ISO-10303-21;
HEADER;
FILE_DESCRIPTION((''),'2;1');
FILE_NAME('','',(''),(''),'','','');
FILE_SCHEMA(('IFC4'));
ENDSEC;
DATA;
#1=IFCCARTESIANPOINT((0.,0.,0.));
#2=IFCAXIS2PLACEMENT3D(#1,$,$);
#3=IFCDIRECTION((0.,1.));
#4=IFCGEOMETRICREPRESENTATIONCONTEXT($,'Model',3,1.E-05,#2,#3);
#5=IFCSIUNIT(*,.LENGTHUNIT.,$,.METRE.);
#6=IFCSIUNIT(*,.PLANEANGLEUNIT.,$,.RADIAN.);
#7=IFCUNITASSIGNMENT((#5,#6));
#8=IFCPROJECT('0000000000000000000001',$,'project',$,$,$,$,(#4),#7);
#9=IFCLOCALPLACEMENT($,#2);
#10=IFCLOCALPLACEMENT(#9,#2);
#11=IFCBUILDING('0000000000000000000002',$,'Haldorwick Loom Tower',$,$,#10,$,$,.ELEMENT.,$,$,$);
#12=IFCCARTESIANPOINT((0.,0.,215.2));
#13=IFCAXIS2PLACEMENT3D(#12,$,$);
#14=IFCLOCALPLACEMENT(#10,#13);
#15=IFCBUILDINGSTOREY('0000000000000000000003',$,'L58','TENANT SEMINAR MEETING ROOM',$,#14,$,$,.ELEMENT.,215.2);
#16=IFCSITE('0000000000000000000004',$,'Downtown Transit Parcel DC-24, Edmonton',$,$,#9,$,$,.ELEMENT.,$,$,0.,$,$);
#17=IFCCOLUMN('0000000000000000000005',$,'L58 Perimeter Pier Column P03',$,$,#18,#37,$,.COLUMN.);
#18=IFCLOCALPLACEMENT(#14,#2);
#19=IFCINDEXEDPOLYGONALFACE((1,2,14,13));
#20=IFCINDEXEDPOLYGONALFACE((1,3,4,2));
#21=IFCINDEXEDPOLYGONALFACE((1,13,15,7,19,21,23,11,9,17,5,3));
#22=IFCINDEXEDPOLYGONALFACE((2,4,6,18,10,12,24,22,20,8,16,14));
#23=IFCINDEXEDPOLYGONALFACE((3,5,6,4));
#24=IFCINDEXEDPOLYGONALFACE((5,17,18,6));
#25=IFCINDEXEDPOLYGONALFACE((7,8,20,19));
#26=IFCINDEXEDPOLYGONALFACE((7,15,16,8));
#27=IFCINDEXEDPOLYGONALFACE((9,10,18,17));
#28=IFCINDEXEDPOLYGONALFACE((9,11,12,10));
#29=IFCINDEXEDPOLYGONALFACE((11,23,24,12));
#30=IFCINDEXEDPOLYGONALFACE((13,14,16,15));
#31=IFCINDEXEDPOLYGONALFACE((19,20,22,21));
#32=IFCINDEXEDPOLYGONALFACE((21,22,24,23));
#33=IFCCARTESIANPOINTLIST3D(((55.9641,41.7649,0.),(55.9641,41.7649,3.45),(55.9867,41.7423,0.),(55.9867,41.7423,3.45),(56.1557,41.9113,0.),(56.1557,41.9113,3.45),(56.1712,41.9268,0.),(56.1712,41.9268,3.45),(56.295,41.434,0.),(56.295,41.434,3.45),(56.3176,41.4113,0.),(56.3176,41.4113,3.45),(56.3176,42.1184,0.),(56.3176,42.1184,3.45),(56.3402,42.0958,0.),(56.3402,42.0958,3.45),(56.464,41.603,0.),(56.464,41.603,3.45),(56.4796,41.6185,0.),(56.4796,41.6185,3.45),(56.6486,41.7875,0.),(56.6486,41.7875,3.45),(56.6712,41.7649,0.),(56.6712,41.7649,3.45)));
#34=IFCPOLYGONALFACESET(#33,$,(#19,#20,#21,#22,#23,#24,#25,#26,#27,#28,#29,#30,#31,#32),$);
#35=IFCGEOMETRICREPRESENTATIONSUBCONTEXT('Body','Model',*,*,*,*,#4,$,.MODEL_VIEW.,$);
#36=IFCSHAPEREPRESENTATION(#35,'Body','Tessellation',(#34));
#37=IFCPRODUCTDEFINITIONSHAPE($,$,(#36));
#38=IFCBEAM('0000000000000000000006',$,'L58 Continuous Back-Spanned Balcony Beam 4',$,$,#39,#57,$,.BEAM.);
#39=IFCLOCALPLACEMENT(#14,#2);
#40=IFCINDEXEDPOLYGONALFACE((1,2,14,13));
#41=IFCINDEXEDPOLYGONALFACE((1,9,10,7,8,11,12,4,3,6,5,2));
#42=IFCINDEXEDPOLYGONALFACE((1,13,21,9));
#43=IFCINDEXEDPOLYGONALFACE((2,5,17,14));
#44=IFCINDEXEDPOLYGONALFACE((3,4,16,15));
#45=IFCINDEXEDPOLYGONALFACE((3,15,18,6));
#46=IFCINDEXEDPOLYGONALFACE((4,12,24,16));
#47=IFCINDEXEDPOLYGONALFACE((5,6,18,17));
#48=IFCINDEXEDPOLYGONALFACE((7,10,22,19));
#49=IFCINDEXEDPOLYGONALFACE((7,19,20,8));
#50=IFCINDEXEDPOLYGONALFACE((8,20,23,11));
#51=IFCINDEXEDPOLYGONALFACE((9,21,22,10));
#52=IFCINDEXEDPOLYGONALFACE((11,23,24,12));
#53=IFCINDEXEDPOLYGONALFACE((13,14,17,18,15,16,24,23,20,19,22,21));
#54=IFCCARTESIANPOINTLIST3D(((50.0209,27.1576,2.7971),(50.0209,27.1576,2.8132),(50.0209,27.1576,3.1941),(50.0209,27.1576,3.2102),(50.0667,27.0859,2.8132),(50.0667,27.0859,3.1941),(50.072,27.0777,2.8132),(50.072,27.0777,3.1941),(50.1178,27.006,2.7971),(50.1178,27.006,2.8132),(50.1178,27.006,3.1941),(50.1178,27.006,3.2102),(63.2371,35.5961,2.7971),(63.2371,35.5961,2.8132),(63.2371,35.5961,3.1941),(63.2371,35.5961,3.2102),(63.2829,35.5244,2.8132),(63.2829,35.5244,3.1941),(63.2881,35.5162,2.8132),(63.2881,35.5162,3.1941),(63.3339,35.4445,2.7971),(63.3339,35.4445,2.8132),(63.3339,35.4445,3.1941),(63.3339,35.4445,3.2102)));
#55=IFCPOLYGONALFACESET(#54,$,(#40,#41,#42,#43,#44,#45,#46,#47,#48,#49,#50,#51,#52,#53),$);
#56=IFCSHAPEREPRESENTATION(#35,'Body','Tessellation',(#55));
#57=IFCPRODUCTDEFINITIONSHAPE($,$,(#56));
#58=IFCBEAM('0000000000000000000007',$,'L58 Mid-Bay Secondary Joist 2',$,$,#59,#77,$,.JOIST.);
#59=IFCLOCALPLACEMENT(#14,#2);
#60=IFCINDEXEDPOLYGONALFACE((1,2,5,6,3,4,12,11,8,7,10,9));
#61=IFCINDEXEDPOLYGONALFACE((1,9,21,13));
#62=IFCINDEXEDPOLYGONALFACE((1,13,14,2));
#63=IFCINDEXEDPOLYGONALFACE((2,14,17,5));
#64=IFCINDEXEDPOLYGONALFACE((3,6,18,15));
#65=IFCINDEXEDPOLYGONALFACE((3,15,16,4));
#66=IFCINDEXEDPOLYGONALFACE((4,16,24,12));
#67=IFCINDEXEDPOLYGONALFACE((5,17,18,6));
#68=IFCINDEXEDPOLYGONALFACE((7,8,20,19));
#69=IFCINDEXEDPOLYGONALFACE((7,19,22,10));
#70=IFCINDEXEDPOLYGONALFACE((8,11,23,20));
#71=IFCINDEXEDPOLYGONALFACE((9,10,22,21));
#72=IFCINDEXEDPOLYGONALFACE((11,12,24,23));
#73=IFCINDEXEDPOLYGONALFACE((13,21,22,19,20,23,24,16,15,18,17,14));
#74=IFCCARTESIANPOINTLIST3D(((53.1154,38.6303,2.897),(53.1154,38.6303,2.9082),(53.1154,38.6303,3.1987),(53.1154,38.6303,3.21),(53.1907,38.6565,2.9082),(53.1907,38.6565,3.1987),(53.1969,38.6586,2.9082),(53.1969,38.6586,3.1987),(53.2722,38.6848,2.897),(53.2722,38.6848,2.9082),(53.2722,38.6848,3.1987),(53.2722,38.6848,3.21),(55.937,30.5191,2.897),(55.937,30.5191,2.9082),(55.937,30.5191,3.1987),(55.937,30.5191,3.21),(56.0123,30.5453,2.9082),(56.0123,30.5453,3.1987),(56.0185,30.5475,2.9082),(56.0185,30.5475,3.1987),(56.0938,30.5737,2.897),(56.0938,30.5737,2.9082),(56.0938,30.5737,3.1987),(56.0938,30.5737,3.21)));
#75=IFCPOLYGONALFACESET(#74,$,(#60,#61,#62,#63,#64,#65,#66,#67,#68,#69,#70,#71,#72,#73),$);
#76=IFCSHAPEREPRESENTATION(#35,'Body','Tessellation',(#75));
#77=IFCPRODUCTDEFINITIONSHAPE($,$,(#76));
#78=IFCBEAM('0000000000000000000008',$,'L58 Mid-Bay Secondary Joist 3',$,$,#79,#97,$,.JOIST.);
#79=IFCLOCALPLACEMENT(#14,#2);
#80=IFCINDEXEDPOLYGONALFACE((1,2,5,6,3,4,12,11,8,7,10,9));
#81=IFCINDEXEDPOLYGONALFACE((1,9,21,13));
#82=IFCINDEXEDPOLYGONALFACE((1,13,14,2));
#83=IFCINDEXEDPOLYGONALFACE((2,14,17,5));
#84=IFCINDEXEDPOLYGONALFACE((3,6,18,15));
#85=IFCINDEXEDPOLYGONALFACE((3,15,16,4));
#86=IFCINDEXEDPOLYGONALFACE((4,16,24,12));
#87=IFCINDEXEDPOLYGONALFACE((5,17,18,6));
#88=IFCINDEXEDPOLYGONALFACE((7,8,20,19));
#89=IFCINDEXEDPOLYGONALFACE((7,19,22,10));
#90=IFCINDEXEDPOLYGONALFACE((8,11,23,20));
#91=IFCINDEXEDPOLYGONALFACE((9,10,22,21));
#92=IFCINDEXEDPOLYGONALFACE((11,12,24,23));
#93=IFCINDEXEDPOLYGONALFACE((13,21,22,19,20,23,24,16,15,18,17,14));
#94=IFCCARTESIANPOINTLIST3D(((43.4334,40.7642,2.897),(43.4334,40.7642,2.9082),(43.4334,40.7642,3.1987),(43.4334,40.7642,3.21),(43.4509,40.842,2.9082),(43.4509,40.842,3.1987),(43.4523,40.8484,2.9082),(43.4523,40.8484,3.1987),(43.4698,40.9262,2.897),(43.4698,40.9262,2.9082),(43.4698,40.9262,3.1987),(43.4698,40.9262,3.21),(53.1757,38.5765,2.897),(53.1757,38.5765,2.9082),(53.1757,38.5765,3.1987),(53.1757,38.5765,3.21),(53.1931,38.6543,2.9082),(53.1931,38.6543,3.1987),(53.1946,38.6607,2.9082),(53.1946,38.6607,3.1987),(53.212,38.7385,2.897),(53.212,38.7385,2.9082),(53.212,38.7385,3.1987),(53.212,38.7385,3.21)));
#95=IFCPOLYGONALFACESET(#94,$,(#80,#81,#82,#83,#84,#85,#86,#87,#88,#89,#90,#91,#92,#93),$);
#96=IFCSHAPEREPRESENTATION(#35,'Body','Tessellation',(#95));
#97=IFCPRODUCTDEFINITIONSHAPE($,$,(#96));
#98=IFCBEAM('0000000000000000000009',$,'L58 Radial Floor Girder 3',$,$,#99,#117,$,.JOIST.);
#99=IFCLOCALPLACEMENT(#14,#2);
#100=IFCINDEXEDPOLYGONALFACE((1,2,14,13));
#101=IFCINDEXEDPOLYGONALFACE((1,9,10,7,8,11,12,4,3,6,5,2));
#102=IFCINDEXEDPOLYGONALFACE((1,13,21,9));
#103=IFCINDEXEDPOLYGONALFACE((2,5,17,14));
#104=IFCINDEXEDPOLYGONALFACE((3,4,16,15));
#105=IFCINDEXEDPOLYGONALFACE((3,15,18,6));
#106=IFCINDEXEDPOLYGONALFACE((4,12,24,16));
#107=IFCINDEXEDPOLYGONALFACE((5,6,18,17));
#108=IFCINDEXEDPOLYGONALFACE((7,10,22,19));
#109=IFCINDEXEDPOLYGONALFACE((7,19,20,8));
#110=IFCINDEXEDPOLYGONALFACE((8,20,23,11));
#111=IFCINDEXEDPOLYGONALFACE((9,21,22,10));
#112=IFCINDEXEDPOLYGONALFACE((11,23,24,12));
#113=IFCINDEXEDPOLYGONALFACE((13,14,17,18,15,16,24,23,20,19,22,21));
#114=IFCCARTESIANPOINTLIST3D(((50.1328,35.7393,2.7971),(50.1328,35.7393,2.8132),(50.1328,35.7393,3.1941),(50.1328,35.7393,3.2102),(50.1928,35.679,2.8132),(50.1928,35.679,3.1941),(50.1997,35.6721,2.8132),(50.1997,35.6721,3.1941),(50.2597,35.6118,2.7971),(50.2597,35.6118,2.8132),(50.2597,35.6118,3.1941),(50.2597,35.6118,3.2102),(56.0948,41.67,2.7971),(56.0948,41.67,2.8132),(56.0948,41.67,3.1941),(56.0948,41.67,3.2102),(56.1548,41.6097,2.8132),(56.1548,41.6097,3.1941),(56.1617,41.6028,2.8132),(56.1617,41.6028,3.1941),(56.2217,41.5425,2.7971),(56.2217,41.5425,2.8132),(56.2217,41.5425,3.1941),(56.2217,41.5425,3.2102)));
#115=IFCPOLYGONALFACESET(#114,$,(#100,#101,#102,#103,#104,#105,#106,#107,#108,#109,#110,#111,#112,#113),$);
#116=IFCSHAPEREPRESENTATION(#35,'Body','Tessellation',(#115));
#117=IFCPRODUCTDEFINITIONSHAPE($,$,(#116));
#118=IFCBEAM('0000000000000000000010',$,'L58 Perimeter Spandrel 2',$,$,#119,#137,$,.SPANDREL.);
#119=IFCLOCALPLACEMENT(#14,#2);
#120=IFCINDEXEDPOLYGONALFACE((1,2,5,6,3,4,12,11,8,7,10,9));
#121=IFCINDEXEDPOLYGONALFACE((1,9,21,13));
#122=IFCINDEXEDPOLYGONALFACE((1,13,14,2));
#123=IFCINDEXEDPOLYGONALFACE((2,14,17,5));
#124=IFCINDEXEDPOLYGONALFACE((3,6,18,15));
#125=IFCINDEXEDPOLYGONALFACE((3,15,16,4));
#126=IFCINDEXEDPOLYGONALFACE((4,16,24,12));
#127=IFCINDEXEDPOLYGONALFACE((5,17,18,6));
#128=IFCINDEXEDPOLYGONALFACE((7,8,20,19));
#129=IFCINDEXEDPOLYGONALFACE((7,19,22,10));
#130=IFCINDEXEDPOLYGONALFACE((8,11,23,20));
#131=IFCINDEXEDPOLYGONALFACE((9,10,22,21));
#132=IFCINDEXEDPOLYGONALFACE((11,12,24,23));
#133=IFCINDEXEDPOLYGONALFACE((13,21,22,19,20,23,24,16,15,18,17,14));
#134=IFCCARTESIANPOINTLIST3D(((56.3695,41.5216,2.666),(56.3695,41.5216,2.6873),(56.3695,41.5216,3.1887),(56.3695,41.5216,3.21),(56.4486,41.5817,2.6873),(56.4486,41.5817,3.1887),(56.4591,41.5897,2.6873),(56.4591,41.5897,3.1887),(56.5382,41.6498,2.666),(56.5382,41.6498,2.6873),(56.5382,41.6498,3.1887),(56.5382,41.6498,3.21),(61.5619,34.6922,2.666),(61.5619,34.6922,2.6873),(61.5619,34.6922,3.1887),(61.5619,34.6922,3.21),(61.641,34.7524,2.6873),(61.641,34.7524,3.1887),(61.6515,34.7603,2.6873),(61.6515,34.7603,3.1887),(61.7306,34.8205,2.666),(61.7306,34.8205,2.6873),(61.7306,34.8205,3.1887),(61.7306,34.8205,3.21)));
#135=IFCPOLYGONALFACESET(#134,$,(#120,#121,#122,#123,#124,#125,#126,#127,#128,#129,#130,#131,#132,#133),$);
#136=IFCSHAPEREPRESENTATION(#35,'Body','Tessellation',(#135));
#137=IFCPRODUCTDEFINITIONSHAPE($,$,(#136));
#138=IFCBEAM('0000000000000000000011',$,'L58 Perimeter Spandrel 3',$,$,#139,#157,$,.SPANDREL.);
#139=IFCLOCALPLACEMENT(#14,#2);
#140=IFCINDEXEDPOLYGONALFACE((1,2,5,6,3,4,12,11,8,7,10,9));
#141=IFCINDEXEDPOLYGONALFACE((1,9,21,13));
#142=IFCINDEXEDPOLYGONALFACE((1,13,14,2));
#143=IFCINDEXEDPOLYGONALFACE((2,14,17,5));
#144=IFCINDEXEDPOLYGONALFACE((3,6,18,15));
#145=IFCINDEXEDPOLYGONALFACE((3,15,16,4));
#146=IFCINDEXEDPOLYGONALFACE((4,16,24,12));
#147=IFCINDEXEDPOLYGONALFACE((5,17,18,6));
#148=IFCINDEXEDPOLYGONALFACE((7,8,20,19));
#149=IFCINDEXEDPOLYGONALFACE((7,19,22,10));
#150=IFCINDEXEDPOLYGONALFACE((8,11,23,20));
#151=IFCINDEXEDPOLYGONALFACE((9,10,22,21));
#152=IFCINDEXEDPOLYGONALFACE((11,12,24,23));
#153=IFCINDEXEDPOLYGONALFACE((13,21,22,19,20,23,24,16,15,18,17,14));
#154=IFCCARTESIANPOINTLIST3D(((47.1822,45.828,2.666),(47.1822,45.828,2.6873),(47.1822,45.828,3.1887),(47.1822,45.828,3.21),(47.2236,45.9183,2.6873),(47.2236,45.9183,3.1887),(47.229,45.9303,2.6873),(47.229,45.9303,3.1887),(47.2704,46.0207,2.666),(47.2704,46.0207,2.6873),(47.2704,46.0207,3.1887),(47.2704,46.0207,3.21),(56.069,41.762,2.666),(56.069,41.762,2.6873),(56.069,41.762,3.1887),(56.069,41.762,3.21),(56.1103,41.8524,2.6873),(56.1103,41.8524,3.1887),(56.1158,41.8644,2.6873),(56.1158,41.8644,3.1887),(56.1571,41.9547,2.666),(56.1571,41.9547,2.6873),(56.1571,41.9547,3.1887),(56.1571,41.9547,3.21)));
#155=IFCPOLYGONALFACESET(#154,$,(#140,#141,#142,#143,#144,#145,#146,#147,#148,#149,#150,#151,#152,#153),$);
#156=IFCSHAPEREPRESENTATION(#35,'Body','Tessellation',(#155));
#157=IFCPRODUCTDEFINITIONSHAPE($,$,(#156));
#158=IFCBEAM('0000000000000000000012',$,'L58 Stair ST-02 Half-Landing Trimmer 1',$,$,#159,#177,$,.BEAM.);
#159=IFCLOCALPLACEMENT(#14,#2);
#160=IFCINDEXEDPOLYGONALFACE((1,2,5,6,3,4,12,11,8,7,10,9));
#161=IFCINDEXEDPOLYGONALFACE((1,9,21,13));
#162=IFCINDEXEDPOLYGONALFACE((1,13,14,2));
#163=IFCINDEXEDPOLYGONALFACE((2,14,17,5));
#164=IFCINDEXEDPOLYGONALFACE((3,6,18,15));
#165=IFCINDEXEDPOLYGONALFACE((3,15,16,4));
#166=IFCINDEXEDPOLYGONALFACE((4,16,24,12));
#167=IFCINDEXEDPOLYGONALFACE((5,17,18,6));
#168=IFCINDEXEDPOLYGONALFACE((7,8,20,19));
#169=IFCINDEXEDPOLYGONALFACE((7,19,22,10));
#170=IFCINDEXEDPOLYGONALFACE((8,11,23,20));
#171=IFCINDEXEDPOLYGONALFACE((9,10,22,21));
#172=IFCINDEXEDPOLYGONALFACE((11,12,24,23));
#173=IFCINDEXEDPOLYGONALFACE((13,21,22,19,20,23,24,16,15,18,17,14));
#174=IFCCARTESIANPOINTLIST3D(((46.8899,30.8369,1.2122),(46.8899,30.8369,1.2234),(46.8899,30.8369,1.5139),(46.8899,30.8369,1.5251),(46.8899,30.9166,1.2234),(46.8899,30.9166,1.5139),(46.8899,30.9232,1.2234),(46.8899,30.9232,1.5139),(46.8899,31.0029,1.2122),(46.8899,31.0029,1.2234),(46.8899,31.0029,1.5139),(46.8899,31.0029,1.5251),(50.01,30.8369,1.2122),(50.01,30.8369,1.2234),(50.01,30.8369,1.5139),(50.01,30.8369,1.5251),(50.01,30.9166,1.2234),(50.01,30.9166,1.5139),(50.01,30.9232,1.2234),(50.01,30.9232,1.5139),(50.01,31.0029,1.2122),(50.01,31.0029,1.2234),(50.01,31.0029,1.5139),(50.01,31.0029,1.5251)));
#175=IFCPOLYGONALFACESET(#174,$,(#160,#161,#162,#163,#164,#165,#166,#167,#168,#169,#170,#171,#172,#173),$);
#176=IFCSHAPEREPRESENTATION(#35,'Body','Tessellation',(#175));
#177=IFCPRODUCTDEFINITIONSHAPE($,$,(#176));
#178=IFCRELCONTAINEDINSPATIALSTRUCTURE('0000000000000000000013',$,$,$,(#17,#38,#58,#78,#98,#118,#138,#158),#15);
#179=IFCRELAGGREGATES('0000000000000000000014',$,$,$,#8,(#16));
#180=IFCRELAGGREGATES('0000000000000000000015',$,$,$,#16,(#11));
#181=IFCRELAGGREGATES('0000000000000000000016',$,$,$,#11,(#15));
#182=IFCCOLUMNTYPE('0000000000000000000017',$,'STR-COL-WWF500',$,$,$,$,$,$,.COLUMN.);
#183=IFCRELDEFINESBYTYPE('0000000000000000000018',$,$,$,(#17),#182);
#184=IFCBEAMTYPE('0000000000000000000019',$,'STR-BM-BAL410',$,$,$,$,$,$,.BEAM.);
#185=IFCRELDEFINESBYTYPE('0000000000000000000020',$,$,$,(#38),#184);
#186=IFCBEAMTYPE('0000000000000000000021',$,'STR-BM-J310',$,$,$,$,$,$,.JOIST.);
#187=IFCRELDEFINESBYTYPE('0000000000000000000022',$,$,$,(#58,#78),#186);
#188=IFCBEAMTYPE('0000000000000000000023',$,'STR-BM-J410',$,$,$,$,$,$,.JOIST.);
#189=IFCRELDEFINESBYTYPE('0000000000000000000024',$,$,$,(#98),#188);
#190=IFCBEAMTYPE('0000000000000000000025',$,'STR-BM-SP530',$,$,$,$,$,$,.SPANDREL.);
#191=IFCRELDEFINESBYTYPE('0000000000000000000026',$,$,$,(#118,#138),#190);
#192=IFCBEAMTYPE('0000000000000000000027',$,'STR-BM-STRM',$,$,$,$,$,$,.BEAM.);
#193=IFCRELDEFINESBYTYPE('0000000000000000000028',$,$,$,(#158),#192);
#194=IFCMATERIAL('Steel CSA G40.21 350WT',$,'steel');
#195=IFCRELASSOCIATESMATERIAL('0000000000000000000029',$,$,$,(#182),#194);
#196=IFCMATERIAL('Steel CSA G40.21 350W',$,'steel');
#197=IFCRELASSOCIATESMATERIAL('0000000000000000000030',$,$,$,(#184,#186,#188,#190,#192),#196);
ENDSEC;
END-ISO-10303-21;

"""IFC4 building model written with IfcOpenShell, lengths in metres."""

from ifc_helpers import new_model, si_unit, direction, frame, origin, origin_2d, place, context, subcontext, project, spatial, i_section, extrude, material, material_profile, profile_set, type_object, element, save


model = new_model("IFC4")

# Units and contexts
model_context = context("Model", 3, precision=1e-05, world=origin(), true_north=direction((0.0, 1.0)))
body_context = subcontext(model_context, "Body", "Model", "MODEL_VIEW")
ifc_project = project(units=[si_unit("LENGTHUNIT", "METRE"), si_unit("PLANEANGLEUNIT", "RADIAN")], contexts=[model_context])

# Site, building, storey
site_placement = place(None, origin())
site = spatial("IfcSite", under=ifc_project, at=site_placement, Name="Downtown Transit Parcel DC-24, Edmonton", CompositionType="ELEMENT", RefElevation=0.0)
building_placement = place(site_placement, origin())
building = spatial("IfcBuilding", under=site, at=building_placement, Name="Haldorwick Loom Tower", CompositionType="ELEMENT")
storey_placement = place(building_placement, frame((0.0, 0.0, 215.2)))
storey = spatial("IfcBuildingStorey", under=building, at=storey_placement, Name="L58", Description="TENANT SEMINAR MEETING ROOM", CompositionType="ELEMENT", Elevation=215.2)

# Column
ifc_material_1 = material(Name="Steel CSA G40.21 350W", Category="steel")
ifc_material_2 = material(Name="Steel CSA G40.21 350WT", Category="steel")
ifc_material_profile_1 = material_profile(ifc_material_2, i_section(OverallWidth=0.5, OverallDepth=0.5, WebThickness=0.022, FlangeThickness=0.032, at=origin_2d()), Name="WWF500X500", Category="steel")
ifc_profile_set_1 = profile_set([ifc_material_profile_1], Name="Steel CSA G40.21 350WT")
column_type_1 = type_object("IfcColumnType", Name="STR-COL-WWF500", PredefinedType="COLUMN", material=ifc_profile_set_1)
column_1_placement = place(storey_placement, frame((56.3176, 41.7649, 0.0), z_axis=(0.0, 0.0, 1.0), x_axis=(0.707107, 0.707107, 0.0)))
element("IfcColumn", 1, at=column_1_placement, inside=storey, type_object=column_type_1, Name="L58 Perimeter Pier Column P03", PredefinedType="COLUMN", context=body_context, shape_type="SweptSolid", body=[
    extrude(i_section(OverallWidth=0.5, OverallDepth=0.5, WebThickness=0.022, FlangeThickness=0.032, at=origin_2d()), origin(), (0.0, 0.0, 1.0), 3.45),
])

# Beams
ifc_material_profile_2 = material_profile(ifc_material_1, i_section(OverallWidth=0.1799, OverallDepth=0.4131, WebThickness=0.0098, FlangeThickness=0.0161, at=origin_2d()), Name="W410X74", Category="steel")
ifc_profile_set_2 = profile_set([ifc_material_profile_2], Name="Steel CSA G40.21 350W")
beam_type_1 = type_object("IfcBeamType", Name="STR-BM-BAL410", PredefinedType="BEAM", material=ifc_profile_set_2)
beam_1_placement = place(storey_placement, frame((50.0693, 27.0818, 3.0037), z_axis=(0.842844, 0.538157, 0.0), x_axis=(-0.538157, 0.842844, 0.0)))
element("IfcBeam", 2, at=beam_1_placement, inside=storey, type_object=beam_type_1, Name="L58 Continuous Back-Spanned Balcony Beam 4", PredefinedType="BEAM", context=body_context, shape_type="SweptSolid", body=[
    extrude(i_section(OverallWidth=0.1799, OverallDepth=0.4131, WebThickness=0.0098, FlangeThickness=0.0161, at=origin_2d()), origin(), (0.0, 0.0, 1.0), 15.6804),
])
ifc_material_profile_3 = material_profile(ifc_material_1, i_section(OverallWidth=0.166, OverallDepth=0.313, WebThickness=0.0066, FlangeThickness=0.0112, at=origin_2d()), Name="W310X45", Category="steel")
ifc_profile_set_3 = profile_set([ifc_material_profile_3], Name="Steel CSA G40.21 350W")
beam_type_2 = type_object("IfcBeamType", Name="STR-BM-J310", PredefinedType="JOIST", material=ifc_profile_set_3)
beam_2_placement = place(storey_placement, frame((56.0154, 30.5464, 3.0535), z_axis=(-0.32855, 0.944486, 0.0), x_axis=(-0.944486, -0.32855, 0.0)))
element("IfcBeam", 3, at=beam_2_placement, inside=storey, type_object=beam_type_2, Name="L58 Mid-Bay Secondary Joist 2", PredefinedType="JOIST", context=body_context, shape_type="SweptSolid", body=[
    extrude(i_section(OverallWidth=0.166, OverallDepth=0.313, WebThickness=0.0066, FlangeThickness=0.0112, at=origin_2d()), origin(), (0.0, 0.0, 1.0), 8.5879),
])
beam_3_placement = place(storey_placement, frame((53.1938, 38.6575, 3.0535), z_axis=(-0.975701, 0.219107, 0.0), x_axis=(-0.219107, -0.975701, 0.0)))
element("IfcBeam", 4, at=beam_3_placement, inside=storey, type_object=beam_type_2, Name="L58 Mid-Bay Secondary Joist 3", PredefinedType="JOIST", context=body_context, shape_type="SweptSolid", body=[
    extrude(i_section(OverallWidth=0.166, OverallDepth=0.313, WebThickness=0.0066, FlangeThickness=0.0112, at=origin_2d()), origin(), (0.0, 0.0, 1.0), 9.9849),
])
ifc_material_profile_4 = material_profile(ifc_material_1, i_section(OverallWidth=0.1799, OverallDepth=0.4131, WebThickness=0.0098, FlangeThickness=0.0161, at=origin_2d()), Name="W410X74", Category="steel")
ifc_profile_set_4 = profile_set([ifc_material_profile_4], Name="Steel CSA G40.21 350W")
beam_type_3 = type_object("IfcBeamType", Name="STR-BM-J410", PredefinedType="JOIST", material=ifc_profile_set_4)
beam_4_placement = place(storey_placement, frame((50.1963, 35.6755, 3.0037), z_axis=(0.708962, 0.705246, 0.0), x_axis=(-0.705246, 0.708962, 0.0)))
element("IfcBeam", 5, at=beam_4_placement, inside=storey, type_object=beam_type_3, Name="L58 Radial Floor Girder 3", PredefinedType="JOIST", context=body_context, shape_type="SweptSolid", body=[
    extrude(i_section(OverallWidth=0.1799, OverallDepth=0.4131, WebThickness=0.0098, FlangeThickness=0.0161, at=origin_2d()), origin(), (0.0, 0.0, 1.0), 8.4094),
])
ifc_material_profile_5 = material_profile(ifc_material_1, i_section(OverallWidth=0.2119, OverallDepth=0.5439, WebThickness=0.0132, FlangeThickness=0.0212, at=origin_2d()), Name="W530X123", Category="steel")
ifc_profile_set_5 = profile_set([ifc_material_profile_5], Name="Steel CSA G40.21 350W")
beam_type_4 = type_object("IfcBeamType", Name="STR-BM-SP530", PredefinedType="SPANDREL", material=ifc_profile_set_5)
beam_5_placement = place(storey_placement, frame((61.6462, 34.7563, 2.938), z_axis=(-0.605237, 0.796045, 0.0), x_axis=(-0.796045, -0.605237, 0.0)))
element("IfcBeam", 6, at=beam_5_placement, inside=storey, type_object=beam_type_4, Name="L58 Perimeter Spandrel 2", PredefinedType="SPANDREL", context=body_context, shape_type="SweptSolid", body=[
    extrude(i_section(OverallWidth=0.2119, OverallDepth=0.5439, WebThickness=0.0132, FlangeThickness=0.0212, at=origin_2d()), origin(), (0.0, 0.0, 1.0), 8.5791),
])
beam_6_placement = place(storey_placement, frame((56.113, 41.8584, 2.938), z_axis=(-0.909342, 0.416049, 0.0), x_axis=(-0.416049, -0.909342, 0.0)))
element("IfcBeam", 7, at=beam_6_placement, inside=storey, type_object=beam_type_4, Name="L58 Perimeter Spandrel 3", PredefinedType="SPANDREL", context=body_context, shape_type="SweptSolid", body=[
    extrude(i_section(OverallWidth=0.2119, OverallDepth=0.5439, WebThickness=0.0132, FlangeThickness=0.0212, at=origin_2d()), origin(), (0.0, 0.0, 1.0), 9.7727),
])
ifc_material_profile_6 = material_profile(ifc_material_1, i_section(OverallWidth=0.166, OverallDepth=0.313, WebThickness=0.0066, FlangeThickness=0.0112, at=origin_2d()), Name="W310X45", Category="steel")
ifc_profile_set_6 = profile_set([ifc_material_profile_6], Name="Steel CSA G40.21 350W")
beam_type_5 = type_object("IfcBeamType", Name="STR-BM-STRM", PredefinedType="BEAM", material=ifc_profile_set_6)
beam_7_placement = place(storey_placement, frame((46.8899, 30.9199, 1.3687), z_axis=(1.0, 0.0, 0.0), x_axis=(0.0, 1.0, 0.0)))
element("IfcBeam", 8, at=beam_7_placement, inside=storey, type_object=beam_type_5, Name="L58 Stair ST-02 Half-Landing Trimmer 1", PredefinedType="BEAM", context=body_context, shape_type="SweptSolid", body=[
    extrude(i_section(OverallWidth=0.166, OverallDepth=0.313, WebThickness=0.0066, FlangeThickness=0.0112, at=origin_2d()), origin(), (0.0, 0.0, 1.0), 3.1201),
])

save(model, "model.ifc")
